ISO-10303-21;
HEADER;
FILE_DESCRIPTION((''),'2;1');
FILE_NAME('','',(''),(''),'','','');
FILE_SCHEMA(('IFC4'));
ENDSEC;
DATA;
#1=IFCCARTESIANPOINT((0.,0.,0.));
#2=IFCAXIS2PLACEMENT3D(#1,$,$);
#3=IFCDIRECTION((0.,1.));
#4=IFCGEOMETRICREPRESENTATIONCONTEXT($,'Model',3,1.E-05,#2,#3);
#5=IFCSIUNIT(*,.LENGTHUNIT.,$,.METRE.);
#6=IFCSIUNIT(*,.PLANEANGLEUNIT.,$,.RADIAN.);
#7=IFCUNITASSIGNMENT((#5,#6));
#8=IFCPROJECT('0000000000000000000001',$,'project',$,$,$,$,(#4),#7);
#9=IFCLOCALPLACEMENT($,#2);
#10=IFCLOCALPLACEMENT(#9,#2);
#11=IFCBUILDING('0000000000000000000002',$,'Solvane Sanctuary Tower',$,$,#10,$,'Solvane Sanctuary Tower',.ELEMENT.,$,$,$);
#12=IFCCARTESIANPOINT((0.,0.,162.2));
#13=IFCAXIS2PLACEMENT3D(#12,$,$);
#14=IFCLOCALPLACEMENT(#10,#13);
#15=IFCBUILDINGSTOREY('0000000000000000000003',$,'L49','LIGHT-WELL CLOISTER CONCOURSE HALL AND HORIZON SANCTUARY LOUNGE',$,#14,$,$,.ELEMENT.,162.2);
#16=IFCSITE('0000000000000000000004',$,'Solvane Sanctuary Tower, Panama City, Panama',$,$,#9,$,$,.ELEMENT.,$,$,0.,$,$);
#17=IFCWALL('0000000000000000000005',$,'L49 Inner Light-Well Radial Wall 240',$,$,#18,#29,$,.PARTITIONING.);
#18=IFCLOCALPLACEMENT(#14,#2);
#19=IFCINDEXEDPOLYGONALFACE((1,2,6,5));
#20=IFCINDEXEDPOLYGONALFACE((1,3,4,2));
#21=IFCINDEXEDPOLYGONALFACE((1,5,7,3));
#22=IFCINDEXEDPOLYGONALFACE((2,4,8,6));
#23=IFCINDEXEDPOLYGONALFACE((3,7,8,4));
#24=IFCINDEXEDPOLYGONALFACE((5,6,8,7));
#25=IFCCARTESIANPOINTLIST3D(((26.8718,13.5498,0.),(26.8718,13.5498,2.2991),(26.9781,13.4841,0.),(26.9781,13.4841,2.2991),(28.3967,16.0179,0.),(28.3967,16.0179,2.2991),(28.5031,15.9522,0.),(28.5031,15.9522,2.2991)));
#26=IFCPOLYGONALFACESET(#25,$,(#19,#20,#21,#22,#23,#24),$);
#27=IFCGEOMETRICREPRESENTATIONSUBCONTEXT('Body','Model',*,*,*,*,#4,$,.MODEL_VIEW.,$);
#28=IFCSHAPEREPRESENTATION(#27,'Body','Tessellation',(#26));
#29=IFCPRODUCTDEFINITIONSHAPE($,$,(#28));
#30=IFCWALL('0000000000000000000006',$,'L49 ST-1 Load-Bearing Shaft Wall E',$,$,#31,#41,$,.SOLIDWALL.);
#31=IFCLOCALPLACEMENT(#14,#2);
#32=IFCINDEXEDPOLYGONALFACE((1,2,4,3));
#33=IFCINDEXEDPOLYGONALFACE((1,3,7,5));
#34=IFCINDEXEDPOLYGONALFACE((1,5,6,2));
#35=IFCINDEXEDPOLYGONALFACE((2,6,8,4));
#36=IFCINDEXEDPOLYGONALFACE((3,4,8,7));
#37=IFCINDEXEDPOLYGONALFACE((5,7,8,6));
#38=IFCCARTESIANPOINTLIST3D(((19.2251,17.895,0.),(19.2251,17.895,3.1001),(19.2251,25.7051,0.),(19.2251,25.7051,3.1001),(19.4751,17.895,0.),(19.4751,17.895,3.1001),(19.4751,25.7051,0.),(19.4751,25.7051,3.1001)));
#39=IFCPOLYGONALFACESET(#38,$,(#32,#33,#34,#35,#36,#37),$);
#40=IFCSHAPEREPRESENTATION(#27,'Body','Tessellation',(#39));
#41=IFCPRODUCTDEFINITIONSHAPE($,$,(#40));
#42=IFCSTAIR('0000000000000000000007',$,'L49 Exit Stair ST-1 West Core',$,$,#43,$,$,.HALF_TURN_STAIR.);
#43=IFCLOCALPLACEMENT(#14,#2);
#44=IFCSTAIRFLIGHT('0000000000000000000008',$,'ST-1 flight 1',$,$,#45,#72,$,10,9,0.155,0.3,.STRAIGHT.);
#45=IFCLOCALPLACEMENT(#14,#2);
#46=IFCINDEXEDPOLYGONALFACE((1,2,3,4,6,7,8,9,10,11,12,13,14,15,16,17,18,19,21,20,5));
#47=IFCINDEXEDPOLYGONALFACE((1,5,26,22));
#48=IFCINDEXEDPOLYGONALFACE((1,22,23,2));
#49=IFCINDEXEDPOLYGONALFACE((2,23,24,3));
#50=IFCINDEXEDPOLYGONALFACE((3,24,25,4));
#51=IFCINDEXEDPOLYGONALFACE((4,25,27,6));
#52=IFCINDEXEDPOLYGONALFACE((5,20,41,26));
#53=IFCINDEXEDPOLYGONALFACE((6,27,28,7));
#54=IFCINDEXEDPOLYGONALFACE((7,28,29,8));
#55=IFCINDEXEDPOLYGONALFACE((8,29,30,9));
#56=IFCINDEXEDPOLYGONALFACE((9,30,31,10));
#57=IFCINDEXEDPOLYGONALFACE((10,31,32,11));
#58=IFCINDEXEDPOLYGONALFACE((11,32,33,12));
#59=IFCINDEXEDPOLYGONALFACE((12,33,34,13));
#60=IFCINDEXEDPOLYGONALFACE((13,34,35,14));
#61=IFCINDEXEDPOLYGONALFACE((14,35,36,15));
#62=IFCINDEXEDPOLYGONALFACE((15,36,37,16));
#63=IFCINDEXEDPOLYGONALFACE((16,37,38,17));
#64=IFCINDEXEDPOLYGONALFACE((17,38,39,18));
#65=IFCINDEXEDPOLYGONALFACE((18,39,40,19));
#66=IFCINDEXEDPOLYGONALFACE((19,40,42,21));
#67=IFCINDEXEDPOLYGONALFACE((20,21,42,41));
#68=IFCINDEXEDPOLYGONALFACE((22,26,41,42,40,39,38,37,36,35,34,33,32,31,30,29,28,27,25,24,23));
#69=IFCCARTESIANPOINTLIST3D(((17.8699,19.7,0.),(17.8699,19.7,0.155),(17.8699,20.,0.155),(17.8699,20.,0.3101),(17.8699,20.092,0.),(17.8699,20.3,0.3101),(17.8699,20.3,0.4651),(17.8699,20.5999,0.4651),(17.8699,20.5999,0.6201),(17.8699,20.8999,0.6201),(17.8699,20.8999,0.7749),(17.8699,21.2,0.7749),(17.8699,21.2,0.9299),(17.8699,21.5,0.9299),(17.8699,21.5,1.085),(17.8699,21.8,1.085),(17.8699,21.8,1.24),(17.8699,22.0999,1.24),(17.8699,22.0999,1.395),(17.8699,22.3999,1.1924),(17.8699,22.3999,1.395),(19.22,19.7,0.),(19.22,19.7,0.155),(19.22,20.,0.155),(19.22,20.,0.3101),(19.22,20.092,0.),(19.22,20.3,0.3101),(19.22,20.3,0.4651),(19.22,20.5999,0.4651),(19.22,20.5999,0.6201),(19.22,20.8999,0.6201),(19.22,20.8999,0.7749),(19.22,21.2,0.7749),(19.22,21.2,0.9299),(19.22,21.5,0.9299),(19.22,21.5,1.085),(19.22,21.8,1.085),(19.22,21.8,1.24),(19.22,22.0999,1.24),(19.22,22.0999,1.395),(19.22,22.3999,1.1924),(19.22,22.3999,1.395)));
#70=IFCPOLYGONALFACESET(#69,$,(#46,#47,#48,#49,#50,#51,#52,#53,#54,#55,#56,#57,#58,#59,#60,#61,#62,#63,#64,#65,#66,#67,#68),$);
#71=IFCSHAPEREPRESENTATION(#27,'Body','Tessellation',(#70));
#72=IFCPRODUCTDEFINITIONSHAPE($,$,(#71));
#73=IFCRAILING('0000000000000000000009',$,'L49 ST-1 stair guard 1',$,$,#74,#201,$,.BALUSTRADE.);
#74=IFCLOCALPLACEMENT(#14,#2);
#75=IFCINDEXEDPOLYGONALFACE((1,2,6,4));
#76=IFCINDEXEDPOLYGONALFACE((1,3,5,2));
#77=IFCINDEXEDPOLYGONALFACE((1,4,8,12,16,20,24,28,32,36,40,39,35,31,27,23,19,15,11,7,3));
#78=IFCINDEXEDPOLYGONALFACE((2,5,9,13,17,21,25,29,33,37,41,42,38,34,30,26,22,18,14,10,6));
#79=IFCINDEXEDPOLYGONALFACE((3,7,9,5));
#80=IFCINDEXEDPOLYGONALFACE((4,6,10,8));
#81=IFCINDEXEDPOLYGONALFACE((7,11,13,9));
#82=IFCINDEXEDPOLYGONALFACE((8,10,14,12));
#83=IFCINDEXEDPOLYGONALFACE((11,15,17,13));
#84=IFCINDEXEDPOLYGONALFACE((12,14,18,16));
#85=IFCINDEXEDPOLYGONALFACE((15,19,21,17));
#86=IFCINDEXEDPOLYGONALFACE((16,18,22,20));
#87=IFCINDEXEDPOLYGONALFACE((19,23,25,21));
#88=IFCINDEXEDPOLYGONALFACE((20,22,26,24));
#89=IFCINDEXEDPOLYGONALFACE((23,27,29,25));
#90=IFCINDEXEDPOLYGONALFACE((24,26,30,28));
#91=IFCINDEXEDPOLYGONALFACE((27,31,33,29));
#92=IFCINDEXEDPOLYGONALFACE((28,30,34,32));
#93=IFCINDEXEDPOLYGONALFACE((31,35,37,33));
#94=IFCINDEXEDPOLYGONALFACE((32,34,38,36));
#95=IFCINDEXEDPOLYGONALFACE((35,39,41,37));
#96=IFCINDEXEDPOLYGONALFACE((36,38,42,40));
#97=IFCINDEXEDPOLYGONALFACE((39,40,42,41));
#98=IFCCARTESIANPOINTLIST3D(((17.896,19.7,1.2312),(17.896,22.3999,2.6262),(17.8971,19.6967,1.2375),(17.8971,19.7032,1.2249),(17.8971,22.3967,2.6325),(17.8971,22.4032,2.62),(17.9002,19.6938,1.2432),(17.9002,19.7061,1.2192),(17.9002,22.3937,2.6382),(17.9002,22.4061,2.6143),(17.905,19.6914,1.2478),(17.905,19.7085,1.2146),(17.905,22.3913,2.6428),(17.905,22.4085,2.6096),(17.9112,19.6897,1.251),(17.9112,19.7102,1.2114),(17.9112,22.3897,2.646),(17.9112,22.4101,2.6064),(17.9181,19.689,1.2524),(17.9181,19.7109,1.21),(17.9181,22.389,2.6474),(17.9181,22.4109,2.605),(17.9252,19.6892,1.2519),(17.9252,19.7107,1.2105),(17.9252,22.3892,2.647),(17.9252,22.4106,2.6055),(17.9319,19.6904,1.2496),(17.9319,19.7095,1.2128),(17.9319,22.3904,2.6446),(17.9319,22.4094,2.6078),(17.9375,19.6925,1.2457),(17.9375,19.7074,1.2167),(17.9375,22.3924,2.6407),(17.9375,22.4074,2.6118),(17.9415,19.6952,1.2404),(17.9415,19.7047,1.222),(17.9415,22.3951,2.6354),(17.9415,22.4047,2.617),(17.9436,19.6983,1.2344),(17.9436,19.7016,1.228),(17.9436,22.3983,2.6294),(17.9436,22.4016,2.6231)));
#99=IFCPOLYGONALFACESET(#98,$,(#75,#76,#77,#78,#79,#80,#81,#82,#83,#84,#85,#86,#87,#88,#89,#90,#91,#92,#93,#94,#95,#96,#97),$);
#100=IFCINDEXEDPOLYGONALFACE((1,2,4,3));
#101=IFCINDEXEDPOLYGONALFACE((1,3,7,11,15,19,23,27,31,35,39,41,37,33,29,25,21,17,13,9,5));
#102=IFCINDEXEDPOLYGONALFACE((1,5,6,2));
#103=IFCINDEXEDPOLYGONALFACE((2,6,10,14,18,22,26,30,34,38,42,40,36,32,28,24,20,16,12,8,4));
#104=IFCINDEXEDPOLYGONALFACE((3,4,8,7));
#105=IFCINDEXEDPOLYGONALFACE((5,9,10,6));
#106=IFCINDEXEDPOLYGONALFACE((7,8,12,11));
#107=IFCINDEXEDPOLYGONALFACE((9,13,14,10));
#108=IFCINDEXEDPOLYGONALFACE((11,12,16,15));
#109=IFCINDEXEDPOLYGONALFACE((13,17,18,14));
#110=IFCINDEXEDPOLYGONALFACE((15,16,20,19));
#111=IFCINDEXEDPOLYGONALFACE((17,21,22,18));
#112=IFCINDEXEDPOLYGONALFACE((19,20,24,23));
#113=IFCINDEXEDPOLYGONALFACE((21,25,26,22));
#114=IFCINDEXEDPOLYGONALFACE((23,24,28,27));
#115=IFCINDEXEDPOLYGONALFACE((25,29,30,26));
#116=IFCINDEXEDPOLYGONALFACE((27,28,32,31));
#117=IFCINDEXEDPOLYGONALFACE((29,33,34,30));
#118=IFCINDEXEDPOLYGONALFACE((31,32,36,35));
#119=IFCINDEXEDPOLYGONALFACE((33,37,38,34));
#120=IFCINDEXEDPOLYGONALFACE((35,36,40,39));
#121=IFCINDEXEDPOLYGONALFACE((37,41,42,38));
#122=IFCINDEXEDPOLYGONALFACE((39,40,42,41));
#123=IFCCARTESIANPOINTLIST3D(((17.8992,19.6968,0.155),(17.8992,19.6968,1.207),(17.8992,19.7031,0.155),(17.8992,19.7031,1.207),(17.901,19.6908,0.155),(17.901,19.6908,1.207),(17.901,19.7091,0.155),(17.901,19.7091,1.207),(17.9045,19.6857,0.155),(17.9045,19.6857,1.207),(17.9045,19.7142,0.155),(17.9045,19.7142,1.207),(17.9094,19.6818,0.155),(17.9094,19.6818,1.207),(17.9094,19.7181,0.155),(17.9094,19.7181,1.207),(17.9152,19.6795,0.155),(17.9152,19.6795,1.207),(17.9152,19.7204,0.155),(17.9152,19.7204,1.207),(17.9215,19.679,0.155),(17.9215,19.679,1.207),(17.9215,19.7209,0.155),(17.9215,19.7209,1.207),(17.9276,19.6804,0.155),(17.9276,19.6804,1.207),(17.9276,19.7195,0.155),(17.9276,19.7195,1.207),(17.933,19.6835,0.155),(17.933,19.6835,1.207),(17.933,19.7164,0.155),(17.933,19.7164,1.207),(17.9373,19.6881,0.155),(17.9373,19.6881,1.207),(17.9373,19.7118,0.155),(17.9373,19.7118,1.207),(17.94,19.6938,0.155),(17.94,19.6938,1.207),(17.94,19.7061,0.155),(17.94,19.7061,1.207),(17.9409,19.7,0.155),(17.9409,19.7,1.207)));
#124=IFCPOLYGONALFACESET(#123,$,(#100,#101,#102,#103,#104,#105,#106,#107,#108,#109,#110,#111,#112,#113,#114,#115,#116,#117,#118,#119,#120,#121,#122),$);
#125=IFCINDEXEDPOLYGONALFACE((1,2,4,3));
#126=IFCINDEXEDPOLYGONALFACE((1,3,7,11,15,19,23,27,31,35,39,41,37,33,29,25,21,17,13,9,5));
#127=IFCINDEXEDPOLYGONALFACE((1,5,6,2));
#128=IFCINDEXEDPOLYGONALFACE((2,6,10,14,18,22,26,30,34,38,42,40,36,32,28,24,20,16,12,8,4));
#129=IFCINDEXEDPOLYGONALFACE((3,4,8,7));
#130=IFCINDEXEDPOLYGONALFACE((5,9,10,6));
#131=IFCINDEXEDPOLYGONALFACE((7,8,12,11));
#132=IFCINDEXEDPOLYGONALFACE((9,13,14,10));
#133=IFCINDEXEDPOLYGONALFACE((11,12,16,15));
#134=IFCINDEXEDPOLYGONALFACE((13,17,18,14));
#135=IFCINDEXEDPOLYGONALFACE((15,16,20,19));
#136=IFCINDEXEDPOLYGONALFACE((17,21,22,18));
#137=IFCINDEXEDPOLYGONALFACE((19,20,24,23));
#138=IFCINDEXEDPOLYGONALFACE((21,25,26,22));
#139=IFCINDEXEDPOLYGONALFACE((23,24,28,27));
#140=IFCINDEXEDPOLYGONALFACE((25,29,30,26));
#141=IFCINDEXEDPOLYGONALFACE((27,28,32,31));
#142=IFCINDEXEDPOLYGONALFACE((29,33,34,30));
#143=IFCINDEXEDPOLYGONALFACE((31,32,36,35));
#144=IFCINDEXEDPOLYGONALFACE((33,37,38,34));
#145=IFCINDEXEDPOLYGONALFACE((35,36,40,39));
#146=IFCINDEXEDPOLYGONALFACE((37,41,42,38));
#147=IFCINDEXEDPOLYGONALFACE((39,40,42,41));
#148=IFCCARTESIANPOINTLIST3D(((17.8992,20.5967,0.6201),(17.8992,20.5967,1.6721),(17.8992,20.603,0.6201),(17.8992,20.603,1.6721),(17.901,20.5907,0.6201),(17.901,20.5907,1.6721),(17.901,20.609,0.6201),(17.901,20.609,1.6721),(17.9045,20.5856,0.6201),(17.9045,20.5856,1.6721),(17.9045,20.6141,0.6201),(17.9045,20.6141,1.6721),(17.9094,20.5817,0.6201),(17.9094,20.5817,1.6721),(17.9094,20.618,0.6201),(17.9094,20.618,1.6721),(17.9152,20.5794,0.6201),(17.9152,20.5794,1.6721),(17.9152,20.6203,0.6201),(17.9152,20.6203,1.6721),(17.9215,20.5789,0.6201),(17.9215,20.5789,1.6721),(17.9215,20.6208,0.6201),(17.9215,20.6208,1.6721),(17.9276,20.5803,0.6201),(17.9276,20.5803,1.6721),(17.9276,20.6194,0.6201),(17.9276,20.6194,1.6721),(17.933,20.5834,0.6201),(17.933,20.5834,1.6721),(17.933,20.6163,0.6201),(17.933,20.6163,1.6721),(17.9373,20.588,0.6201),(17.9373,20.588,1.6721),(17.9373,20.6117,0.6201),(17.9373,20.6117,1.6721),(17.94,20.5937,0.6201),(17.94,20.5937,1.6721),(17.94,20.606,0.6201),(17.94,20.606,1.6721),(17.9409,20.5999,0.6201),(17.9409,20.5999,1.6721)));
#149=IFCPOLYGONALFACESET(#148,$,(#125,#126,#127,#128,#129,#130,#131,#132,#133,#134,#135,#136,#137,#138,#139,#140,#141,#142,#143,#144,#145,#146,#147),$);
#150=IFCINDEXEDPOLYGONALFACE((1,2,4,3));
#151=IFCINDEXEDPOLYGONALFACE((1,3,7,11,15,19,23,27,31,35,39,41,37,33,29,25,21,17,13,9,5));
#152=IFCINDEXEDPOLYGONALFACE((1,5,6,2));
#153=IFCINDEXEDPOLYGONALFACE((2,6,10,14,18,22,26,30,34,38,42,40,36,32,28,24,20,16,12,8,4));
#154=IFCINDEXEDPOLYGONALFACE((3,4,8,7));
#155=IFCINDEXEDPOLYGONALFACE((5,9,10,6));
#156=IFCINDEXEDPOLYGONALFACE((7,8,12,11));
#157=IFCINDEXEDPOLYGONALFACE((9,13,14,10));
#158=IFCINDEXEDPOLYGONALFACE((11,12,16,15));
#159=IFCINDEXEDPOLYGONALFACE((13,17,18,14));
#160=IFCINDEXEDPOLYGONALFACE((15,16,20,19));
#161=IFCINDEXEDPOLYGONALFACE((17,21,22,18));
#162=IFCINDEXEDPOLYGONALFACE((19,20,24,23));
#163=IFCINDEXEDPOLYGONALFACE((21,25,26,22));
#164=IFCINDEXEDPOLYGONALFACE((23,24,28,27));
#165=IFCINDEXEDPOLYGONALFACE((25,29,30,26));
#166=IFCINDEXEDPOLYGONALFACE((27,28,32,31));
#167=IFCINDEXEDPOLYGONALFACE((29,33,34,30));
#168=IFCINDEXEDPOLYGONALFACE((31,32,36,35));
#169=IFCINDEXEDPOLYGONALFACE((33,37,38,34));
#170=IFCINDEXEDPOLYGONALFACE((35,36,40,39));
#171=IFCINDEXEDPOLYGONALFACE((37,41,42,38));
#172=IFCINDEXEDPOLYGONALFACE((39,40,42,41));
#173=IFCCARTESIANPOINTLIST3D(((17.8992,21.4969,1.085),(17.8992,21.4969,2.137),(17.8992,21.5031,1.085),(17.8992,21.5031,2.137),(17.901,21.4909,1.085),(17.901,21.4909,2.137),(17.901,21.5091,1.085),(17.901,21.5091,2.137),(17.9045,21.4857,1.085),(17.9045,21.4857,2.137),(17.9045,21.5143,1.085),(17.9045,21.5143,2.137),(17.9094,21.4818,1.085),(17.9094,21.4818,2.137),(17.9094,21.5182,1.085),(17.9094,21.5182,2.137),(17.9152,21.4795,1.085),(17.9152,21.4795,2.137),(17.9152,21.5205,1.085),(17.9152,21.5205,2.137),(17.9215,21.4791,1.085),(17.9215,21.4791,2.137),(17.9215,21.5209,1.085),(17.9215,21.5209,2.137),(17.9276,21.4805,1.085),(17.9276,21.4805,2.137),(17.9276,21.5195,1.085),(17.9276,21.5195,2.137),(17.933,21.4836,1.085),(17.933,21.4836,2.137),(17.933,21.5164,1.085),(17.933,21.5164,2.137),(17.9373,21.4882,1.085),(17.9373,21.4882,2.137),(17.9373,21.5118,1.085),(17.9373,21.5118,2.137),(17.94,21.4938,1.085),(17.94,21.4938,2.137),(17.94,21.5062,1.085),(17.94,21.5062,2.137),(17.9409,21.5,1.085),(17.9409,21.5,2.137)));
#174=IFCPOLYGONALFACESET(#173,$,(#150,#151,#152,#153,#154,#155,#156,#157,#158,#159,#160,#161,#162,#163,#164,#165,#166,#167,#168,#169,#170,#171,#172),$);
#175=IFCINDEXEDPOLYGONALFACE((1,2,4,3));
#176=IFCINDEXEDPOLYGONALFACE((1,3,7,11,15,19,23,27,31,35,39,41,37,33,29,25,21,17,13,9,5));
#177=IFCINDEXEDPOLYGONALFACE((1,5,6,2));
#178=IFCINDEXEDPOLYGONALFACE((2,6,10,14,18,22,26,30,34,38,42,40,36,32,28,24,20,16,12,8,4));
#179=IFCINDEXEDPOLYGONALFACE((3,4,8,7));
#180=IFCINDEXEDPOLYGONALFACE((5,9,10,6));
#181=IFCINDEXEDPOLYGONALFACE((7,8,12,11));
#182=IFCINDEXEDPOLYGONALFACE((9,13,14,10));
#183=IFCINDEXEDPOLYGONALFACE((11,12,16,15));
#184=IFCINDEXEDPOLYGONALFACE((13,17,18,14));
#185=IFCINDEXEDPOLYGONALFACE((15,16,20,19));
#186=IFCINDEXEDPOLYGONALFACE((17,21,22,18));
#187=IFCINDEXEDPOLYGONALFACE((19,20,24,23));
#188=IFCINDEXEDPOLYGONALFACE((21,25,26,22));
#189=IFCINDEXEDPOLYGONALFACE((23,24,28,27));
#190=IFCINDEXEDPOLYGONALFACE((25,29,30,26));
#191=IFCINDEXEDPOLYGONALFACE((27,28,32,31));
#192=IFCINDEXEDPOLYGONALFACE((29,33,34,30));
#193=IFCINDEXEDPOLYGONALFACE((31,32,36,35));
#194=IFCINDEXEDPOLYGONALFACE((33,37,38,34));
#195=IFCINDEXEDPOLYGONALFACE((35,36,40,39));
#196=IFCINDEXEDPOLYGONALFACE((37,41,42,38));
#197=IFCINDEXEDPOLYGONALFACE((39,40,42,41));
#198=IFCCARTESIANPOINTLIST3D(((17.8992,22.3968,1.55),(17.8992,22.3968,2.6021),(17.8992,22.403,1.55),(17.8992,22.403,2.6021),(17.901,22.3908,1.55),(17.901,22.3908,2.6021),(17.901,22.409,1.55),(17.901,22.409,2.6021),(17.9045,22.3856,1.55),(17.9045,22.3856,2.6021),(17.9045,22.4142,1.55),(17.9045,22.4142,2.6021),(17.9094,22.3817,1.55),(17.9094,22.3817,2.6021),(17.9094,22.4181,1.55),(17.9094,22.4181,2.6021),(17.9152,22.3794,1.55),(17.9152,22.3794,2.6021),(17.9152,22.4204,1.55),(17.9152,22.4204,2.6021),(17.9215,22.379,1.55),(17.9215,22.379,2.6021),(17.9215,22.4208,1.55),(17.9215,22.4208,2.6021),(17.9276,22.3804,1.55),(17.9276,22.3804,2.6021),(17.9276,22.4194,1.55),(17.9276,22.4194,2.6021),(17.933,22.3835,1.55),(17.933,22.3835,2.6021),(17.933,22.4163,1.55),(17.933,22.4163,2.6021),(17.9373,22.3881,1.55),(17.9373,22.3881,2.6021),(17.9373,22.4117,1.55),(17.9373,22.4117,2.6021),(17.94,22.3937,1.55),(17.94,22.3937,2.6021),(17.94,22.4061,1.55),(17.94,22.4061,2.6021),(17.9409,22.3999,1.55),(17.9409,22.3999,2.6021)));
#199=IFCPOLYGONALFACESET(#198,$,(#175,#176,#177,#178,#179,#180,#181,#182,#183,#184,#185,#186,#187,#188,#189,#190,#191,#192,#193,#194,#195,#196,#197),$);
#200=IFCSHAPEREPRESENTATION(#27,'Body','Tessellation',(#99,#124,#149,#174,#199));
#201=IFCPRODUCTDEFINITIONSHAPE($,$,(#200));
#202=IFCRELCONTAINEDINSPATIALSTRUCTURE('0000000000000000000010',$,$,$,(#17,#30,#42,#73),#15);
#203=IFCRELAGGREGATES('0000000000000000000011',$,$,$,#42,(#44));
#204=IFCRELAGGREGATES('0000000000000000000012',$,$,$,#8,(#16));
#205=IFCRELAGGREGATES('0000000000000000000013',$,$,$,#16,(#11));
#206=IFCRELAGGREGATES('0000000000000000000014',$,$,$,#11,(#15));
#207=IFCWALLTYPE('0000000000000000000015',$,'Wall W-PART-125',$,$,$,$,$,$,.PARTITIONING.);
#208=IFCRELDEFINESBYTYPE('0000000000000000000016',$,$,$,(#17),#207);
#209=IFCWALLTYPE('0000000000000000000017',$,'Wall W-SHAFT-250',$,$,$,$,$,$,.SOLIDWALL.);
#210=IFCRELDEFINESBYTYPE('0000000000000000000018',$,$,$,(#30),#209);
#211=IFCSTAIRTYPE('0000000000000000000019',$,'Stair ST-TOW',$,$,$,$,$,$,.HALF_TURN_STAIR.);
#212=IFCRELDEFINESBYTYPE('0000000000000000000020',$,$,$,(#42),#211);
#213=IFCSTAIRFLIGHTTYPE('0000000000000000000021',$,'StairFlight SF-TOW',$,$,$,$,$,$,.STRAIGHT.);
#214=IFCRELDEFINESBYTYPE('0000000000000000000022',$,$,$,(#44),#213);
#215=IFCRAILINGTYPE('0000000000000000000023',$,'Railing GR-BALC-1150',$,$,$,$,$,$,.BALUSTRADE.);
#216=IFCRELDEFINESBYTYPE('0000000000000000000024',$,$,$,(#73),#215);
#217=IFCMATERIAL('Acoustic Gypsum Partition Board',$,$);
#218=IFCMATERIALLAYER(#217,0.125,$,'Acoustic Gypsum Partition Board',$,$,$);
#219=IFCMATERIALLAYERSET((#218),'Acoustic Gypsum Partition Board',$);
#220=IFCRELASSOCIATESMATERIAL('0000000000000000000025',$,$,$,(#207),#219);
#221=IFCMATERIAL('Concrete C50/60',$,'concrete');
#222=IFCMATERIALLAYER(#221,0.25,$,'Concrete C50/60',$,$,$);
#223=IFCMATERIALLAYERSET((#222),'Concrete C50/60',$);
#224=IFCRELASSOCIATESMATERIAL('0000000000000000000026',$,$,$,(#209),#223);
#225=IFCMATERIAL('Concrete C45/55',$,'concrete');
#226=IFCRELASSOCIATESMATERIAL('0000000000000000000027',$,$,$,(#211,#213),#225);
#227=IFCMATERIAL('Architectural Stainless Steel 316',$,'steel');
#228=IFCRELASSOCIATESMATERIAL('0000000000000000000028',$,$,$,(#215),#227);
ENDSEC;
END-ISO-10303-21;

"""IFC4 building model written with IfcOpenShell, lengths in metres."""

from ifc_helpers import new_model, si_unit, direction, frame, frame_2d, origin, origin_2d, place, context, subcontext, project, spatial, polyline, rectangle, circle, outline, extrude, material, layer, layer_set, type_object, element, aggregate, save


model = new_model("IFC4")

# Units and contexts
model_context = context("Model", 3, precision=1e-05, world=origin(), true_north=direction((0.0, 1.0)))
body_context = subcontext(model_context, "Body", "Model", "MODEL_VIEW")
ifc_project = project(units=[si_unit("LENGTHUNIT", "METRE"), si_unit("PLANEANGLEUNIT", "RADIAN")], contexts=[model_context])

# Site, building, storey
site_placement = place(None, origin())
site = spatial("IfcSite", under=ifc_project, at=site_placement, Name="Solvane Sanctuary Tower, Panama City, Panama", CompositionType="ELEMENT", RefElevation=0.0)
building_placement = place(site_placement, origin())
building = spatial("IfcBuilding", under=site, at=building_placement, Name="Solvane Sanctuary Tower", LongName="Solvane Sanctuary Tower", CompositionType="ELEMENT")
storey_placement = place(building_placement, frame((0.0, 0.0, 162.2)))
storey = spatial("IfcBuildingStorey", under=building, at=storey_placement, Name="L49", Description="LIGHT-WELL CLOISTER CONCOURSE HALL AND HORIZON SANCTUARY LOUNGE", CompositionType="ELEMENT", Elevation=162.2)

# Shared definitions
ifc_material_1 = material(Name="Concrete C50/60", Category="concrete")

# Shared definitions
ifc_material_2 = material(Name="Acoustic Gypsum Partition Board")
ifc_layer_1 = layer(ifc_material_2, 0.125, Name="Acoustic Gypsum Partition Board")
ifc_layer_set_1 = layer_set([ifc_layer_1], Name="Acoustic Gypsum Partition Board")
wall_type_1 = type_object("IfcWallType", Name="Wall W-PART-125", PredefinedType="PARTITIONING", material=ifc_layer_set_1)
ifc_material_3 = material(Name="Architectural Stainless Steel 316", Category="steel")

# Walls
wall_1_placement = place(storey_placement, frame((28.45, 15.9851, 0.0), z_axis=(0.0, 0.0, 1.0), x_axis=(-0.525627, -0.850715, 0.0)))
element("IfcWall", 1, at=wall_1_placement, inside=storey, type_object=wall_type_1, Name="L49 Inner Light-Well Radial Wall 240", PredefinedType="PARTITIONING", context=body_context, shape_type="SweptSolid", body=[
    extrude(rectangle(XDim=2.9011, YDim=0.125, at=frame_2d((1.4507, 0.0))), origin(), (0.0, 0.0, 1.0), 2.2991),
])
ifc_layer_2 = layer(ifc_material_1, 0.25, Name="Concrete C50/60")
ifc_layer_set_2 = layer_set([ifc_layer_2], Name="Concrete C50/60")
wall_type_2 = type_object("IfcWallType", Name="Wall W-SHAFT-250", PredefinedType="SOLIDWALL", material=ifc_layer_set_2)
wall_2_placement = place(storey_placement, frame((19.3501, 17.895, 0.0), z_axis=(0.0, 0.0, 1.0), x_axis=(0.0, 1.0, 0.0)))
element("IfcWall", 2, at=wall_2_placement, inside=storey, type_object=wall_type_2, Name="L49 ST-1 Load-Bearing Shaft Wall E", PredefinedType="SOLIDWALL", context=body_context, shape_type="SweptSolid", body=[
    extrude(rectangle(XDim=7.8101, YDim=0.25, at=frame_2d((3.905, 0.0))), origin(), (0.0, 0.0, 1.0), 3.1001),
])

# Stair, stair flight
ifc_material_4 = material(Name="Concrete C45/55", Category="concrete")
stair_type = type_object("IfcStairType", Name="Stair ST-TOW", PredefinedType="HALF_TURN_STAIR", material=ifc_material_4)
stair_placement = place(storey_placement, origin())
stair = element("IfcStair", 3, at=stair_placement, inside=storey, type_object=stair_type, Name="L49 Exit Stair ST-1 West Core", PredefinedType="HALF_TURN_STAIR")
stair_flight_type = type_object("IfcStairFlightType", Name="StairFlight SF-TOW", PredefinedType="STRAIGHT", material=ifc_material_4)
stair_flight_placement = place(storey_placement, frame((18.5449, 19.7, 0.0), z_axis=(0.0, 0.0, 1.0), x_axis=(0.0, 1.0, 0.0)))
stair_flight = element("IfcStairFlight", 4, at=stair_flight_placement, type_object=stair_flight_type, Name="ST-1 flight 1", NumberOfRisers=10, NumberOfTreads=9, PredefinedType="STRAIGHT", RiserHeight=0.155, TreadLength=0.3, context=body_context, shape_type="SweptSolid", body=[
    extrude(outline(polyline([(0.0, 0.0), (0.0, 0.155), (0.3, 0.155), (0.3, 0.3101), (0.6001, 0.3101), (0.6001, 0.4651), (0.8999, 0.4651), (0.8999, 0.6201), (1.2, 0.6201), (1.2, 0.7749), (1.5, 0.7749), (1.5, 0.9299), (1.8, 0.9299), (1.8, 1.085), (2.1001, 1.085), (2.1001, 1.24), (2.3999, 1.24), (2.3999, 1.395), (2.7, 1.395), (2.7, 1.55), (2.7, 1.1924), (0.3921, 0.0), (0.0, 0.0)])), frame((0.0, 0.675, 0.0), z_axis=(0.0, -1.0, 0.0), x_axis=(1.0, 0.0, 0.0)), (0.0, 0.0, 1.0), 1.3501),
])
aggregate(stair, [stair_flight])

# Railing
railing_type_1 = type_object("IfcRailingType", Name="Railing GR-BALC-1150", PredefinedType="BALUSTRADE", material=ifc_material_3)
railing_1_placement = place(storey_placement, frame((17.9199, 19.7, 0.155)))
element("IfcRailing", 5, at=railing_1_placement, inside=storey, type_object=railing_type_1, Name="L49 ST-1 stair guard 1", PredefinedType="BALUSTRADE", context=body_context, shape_type="SweptSolid", body=[
    extrude(circle(Radius=0.0239, at=origin_2d()), frame((0.0, 0.0, 1.0762), z_axis=(0.0, 0.88842, 0.459032), x_axis=(-1.0, 0.0, 0.0)), (0.0, 0.0, 1.0), 3.0391),
    extrude(circle(Radius=0.021, at=origin_2d()), origin(), (0.0, 0.0, 1.0), 1.052),
    extrude(circle(Radius=0.021, at=origin_2d()), frame((0.0, 0.8999, 0.4651)), (0.0, 0.0, 1.0), 1.052),
    extrude(circle(Radius=0.021, at=origin_2d()), frame((0.0, 1.8, 0.9299)), (0.0, 0.0, 1.0), 1.052),
    extrude(circle(Radius=0.021, at=origin_2d()), frame((0.0, 2.7, 1.395)), (0.0, 0.0, 1.0), 1.052),
])

save(model, "model.ifc")
